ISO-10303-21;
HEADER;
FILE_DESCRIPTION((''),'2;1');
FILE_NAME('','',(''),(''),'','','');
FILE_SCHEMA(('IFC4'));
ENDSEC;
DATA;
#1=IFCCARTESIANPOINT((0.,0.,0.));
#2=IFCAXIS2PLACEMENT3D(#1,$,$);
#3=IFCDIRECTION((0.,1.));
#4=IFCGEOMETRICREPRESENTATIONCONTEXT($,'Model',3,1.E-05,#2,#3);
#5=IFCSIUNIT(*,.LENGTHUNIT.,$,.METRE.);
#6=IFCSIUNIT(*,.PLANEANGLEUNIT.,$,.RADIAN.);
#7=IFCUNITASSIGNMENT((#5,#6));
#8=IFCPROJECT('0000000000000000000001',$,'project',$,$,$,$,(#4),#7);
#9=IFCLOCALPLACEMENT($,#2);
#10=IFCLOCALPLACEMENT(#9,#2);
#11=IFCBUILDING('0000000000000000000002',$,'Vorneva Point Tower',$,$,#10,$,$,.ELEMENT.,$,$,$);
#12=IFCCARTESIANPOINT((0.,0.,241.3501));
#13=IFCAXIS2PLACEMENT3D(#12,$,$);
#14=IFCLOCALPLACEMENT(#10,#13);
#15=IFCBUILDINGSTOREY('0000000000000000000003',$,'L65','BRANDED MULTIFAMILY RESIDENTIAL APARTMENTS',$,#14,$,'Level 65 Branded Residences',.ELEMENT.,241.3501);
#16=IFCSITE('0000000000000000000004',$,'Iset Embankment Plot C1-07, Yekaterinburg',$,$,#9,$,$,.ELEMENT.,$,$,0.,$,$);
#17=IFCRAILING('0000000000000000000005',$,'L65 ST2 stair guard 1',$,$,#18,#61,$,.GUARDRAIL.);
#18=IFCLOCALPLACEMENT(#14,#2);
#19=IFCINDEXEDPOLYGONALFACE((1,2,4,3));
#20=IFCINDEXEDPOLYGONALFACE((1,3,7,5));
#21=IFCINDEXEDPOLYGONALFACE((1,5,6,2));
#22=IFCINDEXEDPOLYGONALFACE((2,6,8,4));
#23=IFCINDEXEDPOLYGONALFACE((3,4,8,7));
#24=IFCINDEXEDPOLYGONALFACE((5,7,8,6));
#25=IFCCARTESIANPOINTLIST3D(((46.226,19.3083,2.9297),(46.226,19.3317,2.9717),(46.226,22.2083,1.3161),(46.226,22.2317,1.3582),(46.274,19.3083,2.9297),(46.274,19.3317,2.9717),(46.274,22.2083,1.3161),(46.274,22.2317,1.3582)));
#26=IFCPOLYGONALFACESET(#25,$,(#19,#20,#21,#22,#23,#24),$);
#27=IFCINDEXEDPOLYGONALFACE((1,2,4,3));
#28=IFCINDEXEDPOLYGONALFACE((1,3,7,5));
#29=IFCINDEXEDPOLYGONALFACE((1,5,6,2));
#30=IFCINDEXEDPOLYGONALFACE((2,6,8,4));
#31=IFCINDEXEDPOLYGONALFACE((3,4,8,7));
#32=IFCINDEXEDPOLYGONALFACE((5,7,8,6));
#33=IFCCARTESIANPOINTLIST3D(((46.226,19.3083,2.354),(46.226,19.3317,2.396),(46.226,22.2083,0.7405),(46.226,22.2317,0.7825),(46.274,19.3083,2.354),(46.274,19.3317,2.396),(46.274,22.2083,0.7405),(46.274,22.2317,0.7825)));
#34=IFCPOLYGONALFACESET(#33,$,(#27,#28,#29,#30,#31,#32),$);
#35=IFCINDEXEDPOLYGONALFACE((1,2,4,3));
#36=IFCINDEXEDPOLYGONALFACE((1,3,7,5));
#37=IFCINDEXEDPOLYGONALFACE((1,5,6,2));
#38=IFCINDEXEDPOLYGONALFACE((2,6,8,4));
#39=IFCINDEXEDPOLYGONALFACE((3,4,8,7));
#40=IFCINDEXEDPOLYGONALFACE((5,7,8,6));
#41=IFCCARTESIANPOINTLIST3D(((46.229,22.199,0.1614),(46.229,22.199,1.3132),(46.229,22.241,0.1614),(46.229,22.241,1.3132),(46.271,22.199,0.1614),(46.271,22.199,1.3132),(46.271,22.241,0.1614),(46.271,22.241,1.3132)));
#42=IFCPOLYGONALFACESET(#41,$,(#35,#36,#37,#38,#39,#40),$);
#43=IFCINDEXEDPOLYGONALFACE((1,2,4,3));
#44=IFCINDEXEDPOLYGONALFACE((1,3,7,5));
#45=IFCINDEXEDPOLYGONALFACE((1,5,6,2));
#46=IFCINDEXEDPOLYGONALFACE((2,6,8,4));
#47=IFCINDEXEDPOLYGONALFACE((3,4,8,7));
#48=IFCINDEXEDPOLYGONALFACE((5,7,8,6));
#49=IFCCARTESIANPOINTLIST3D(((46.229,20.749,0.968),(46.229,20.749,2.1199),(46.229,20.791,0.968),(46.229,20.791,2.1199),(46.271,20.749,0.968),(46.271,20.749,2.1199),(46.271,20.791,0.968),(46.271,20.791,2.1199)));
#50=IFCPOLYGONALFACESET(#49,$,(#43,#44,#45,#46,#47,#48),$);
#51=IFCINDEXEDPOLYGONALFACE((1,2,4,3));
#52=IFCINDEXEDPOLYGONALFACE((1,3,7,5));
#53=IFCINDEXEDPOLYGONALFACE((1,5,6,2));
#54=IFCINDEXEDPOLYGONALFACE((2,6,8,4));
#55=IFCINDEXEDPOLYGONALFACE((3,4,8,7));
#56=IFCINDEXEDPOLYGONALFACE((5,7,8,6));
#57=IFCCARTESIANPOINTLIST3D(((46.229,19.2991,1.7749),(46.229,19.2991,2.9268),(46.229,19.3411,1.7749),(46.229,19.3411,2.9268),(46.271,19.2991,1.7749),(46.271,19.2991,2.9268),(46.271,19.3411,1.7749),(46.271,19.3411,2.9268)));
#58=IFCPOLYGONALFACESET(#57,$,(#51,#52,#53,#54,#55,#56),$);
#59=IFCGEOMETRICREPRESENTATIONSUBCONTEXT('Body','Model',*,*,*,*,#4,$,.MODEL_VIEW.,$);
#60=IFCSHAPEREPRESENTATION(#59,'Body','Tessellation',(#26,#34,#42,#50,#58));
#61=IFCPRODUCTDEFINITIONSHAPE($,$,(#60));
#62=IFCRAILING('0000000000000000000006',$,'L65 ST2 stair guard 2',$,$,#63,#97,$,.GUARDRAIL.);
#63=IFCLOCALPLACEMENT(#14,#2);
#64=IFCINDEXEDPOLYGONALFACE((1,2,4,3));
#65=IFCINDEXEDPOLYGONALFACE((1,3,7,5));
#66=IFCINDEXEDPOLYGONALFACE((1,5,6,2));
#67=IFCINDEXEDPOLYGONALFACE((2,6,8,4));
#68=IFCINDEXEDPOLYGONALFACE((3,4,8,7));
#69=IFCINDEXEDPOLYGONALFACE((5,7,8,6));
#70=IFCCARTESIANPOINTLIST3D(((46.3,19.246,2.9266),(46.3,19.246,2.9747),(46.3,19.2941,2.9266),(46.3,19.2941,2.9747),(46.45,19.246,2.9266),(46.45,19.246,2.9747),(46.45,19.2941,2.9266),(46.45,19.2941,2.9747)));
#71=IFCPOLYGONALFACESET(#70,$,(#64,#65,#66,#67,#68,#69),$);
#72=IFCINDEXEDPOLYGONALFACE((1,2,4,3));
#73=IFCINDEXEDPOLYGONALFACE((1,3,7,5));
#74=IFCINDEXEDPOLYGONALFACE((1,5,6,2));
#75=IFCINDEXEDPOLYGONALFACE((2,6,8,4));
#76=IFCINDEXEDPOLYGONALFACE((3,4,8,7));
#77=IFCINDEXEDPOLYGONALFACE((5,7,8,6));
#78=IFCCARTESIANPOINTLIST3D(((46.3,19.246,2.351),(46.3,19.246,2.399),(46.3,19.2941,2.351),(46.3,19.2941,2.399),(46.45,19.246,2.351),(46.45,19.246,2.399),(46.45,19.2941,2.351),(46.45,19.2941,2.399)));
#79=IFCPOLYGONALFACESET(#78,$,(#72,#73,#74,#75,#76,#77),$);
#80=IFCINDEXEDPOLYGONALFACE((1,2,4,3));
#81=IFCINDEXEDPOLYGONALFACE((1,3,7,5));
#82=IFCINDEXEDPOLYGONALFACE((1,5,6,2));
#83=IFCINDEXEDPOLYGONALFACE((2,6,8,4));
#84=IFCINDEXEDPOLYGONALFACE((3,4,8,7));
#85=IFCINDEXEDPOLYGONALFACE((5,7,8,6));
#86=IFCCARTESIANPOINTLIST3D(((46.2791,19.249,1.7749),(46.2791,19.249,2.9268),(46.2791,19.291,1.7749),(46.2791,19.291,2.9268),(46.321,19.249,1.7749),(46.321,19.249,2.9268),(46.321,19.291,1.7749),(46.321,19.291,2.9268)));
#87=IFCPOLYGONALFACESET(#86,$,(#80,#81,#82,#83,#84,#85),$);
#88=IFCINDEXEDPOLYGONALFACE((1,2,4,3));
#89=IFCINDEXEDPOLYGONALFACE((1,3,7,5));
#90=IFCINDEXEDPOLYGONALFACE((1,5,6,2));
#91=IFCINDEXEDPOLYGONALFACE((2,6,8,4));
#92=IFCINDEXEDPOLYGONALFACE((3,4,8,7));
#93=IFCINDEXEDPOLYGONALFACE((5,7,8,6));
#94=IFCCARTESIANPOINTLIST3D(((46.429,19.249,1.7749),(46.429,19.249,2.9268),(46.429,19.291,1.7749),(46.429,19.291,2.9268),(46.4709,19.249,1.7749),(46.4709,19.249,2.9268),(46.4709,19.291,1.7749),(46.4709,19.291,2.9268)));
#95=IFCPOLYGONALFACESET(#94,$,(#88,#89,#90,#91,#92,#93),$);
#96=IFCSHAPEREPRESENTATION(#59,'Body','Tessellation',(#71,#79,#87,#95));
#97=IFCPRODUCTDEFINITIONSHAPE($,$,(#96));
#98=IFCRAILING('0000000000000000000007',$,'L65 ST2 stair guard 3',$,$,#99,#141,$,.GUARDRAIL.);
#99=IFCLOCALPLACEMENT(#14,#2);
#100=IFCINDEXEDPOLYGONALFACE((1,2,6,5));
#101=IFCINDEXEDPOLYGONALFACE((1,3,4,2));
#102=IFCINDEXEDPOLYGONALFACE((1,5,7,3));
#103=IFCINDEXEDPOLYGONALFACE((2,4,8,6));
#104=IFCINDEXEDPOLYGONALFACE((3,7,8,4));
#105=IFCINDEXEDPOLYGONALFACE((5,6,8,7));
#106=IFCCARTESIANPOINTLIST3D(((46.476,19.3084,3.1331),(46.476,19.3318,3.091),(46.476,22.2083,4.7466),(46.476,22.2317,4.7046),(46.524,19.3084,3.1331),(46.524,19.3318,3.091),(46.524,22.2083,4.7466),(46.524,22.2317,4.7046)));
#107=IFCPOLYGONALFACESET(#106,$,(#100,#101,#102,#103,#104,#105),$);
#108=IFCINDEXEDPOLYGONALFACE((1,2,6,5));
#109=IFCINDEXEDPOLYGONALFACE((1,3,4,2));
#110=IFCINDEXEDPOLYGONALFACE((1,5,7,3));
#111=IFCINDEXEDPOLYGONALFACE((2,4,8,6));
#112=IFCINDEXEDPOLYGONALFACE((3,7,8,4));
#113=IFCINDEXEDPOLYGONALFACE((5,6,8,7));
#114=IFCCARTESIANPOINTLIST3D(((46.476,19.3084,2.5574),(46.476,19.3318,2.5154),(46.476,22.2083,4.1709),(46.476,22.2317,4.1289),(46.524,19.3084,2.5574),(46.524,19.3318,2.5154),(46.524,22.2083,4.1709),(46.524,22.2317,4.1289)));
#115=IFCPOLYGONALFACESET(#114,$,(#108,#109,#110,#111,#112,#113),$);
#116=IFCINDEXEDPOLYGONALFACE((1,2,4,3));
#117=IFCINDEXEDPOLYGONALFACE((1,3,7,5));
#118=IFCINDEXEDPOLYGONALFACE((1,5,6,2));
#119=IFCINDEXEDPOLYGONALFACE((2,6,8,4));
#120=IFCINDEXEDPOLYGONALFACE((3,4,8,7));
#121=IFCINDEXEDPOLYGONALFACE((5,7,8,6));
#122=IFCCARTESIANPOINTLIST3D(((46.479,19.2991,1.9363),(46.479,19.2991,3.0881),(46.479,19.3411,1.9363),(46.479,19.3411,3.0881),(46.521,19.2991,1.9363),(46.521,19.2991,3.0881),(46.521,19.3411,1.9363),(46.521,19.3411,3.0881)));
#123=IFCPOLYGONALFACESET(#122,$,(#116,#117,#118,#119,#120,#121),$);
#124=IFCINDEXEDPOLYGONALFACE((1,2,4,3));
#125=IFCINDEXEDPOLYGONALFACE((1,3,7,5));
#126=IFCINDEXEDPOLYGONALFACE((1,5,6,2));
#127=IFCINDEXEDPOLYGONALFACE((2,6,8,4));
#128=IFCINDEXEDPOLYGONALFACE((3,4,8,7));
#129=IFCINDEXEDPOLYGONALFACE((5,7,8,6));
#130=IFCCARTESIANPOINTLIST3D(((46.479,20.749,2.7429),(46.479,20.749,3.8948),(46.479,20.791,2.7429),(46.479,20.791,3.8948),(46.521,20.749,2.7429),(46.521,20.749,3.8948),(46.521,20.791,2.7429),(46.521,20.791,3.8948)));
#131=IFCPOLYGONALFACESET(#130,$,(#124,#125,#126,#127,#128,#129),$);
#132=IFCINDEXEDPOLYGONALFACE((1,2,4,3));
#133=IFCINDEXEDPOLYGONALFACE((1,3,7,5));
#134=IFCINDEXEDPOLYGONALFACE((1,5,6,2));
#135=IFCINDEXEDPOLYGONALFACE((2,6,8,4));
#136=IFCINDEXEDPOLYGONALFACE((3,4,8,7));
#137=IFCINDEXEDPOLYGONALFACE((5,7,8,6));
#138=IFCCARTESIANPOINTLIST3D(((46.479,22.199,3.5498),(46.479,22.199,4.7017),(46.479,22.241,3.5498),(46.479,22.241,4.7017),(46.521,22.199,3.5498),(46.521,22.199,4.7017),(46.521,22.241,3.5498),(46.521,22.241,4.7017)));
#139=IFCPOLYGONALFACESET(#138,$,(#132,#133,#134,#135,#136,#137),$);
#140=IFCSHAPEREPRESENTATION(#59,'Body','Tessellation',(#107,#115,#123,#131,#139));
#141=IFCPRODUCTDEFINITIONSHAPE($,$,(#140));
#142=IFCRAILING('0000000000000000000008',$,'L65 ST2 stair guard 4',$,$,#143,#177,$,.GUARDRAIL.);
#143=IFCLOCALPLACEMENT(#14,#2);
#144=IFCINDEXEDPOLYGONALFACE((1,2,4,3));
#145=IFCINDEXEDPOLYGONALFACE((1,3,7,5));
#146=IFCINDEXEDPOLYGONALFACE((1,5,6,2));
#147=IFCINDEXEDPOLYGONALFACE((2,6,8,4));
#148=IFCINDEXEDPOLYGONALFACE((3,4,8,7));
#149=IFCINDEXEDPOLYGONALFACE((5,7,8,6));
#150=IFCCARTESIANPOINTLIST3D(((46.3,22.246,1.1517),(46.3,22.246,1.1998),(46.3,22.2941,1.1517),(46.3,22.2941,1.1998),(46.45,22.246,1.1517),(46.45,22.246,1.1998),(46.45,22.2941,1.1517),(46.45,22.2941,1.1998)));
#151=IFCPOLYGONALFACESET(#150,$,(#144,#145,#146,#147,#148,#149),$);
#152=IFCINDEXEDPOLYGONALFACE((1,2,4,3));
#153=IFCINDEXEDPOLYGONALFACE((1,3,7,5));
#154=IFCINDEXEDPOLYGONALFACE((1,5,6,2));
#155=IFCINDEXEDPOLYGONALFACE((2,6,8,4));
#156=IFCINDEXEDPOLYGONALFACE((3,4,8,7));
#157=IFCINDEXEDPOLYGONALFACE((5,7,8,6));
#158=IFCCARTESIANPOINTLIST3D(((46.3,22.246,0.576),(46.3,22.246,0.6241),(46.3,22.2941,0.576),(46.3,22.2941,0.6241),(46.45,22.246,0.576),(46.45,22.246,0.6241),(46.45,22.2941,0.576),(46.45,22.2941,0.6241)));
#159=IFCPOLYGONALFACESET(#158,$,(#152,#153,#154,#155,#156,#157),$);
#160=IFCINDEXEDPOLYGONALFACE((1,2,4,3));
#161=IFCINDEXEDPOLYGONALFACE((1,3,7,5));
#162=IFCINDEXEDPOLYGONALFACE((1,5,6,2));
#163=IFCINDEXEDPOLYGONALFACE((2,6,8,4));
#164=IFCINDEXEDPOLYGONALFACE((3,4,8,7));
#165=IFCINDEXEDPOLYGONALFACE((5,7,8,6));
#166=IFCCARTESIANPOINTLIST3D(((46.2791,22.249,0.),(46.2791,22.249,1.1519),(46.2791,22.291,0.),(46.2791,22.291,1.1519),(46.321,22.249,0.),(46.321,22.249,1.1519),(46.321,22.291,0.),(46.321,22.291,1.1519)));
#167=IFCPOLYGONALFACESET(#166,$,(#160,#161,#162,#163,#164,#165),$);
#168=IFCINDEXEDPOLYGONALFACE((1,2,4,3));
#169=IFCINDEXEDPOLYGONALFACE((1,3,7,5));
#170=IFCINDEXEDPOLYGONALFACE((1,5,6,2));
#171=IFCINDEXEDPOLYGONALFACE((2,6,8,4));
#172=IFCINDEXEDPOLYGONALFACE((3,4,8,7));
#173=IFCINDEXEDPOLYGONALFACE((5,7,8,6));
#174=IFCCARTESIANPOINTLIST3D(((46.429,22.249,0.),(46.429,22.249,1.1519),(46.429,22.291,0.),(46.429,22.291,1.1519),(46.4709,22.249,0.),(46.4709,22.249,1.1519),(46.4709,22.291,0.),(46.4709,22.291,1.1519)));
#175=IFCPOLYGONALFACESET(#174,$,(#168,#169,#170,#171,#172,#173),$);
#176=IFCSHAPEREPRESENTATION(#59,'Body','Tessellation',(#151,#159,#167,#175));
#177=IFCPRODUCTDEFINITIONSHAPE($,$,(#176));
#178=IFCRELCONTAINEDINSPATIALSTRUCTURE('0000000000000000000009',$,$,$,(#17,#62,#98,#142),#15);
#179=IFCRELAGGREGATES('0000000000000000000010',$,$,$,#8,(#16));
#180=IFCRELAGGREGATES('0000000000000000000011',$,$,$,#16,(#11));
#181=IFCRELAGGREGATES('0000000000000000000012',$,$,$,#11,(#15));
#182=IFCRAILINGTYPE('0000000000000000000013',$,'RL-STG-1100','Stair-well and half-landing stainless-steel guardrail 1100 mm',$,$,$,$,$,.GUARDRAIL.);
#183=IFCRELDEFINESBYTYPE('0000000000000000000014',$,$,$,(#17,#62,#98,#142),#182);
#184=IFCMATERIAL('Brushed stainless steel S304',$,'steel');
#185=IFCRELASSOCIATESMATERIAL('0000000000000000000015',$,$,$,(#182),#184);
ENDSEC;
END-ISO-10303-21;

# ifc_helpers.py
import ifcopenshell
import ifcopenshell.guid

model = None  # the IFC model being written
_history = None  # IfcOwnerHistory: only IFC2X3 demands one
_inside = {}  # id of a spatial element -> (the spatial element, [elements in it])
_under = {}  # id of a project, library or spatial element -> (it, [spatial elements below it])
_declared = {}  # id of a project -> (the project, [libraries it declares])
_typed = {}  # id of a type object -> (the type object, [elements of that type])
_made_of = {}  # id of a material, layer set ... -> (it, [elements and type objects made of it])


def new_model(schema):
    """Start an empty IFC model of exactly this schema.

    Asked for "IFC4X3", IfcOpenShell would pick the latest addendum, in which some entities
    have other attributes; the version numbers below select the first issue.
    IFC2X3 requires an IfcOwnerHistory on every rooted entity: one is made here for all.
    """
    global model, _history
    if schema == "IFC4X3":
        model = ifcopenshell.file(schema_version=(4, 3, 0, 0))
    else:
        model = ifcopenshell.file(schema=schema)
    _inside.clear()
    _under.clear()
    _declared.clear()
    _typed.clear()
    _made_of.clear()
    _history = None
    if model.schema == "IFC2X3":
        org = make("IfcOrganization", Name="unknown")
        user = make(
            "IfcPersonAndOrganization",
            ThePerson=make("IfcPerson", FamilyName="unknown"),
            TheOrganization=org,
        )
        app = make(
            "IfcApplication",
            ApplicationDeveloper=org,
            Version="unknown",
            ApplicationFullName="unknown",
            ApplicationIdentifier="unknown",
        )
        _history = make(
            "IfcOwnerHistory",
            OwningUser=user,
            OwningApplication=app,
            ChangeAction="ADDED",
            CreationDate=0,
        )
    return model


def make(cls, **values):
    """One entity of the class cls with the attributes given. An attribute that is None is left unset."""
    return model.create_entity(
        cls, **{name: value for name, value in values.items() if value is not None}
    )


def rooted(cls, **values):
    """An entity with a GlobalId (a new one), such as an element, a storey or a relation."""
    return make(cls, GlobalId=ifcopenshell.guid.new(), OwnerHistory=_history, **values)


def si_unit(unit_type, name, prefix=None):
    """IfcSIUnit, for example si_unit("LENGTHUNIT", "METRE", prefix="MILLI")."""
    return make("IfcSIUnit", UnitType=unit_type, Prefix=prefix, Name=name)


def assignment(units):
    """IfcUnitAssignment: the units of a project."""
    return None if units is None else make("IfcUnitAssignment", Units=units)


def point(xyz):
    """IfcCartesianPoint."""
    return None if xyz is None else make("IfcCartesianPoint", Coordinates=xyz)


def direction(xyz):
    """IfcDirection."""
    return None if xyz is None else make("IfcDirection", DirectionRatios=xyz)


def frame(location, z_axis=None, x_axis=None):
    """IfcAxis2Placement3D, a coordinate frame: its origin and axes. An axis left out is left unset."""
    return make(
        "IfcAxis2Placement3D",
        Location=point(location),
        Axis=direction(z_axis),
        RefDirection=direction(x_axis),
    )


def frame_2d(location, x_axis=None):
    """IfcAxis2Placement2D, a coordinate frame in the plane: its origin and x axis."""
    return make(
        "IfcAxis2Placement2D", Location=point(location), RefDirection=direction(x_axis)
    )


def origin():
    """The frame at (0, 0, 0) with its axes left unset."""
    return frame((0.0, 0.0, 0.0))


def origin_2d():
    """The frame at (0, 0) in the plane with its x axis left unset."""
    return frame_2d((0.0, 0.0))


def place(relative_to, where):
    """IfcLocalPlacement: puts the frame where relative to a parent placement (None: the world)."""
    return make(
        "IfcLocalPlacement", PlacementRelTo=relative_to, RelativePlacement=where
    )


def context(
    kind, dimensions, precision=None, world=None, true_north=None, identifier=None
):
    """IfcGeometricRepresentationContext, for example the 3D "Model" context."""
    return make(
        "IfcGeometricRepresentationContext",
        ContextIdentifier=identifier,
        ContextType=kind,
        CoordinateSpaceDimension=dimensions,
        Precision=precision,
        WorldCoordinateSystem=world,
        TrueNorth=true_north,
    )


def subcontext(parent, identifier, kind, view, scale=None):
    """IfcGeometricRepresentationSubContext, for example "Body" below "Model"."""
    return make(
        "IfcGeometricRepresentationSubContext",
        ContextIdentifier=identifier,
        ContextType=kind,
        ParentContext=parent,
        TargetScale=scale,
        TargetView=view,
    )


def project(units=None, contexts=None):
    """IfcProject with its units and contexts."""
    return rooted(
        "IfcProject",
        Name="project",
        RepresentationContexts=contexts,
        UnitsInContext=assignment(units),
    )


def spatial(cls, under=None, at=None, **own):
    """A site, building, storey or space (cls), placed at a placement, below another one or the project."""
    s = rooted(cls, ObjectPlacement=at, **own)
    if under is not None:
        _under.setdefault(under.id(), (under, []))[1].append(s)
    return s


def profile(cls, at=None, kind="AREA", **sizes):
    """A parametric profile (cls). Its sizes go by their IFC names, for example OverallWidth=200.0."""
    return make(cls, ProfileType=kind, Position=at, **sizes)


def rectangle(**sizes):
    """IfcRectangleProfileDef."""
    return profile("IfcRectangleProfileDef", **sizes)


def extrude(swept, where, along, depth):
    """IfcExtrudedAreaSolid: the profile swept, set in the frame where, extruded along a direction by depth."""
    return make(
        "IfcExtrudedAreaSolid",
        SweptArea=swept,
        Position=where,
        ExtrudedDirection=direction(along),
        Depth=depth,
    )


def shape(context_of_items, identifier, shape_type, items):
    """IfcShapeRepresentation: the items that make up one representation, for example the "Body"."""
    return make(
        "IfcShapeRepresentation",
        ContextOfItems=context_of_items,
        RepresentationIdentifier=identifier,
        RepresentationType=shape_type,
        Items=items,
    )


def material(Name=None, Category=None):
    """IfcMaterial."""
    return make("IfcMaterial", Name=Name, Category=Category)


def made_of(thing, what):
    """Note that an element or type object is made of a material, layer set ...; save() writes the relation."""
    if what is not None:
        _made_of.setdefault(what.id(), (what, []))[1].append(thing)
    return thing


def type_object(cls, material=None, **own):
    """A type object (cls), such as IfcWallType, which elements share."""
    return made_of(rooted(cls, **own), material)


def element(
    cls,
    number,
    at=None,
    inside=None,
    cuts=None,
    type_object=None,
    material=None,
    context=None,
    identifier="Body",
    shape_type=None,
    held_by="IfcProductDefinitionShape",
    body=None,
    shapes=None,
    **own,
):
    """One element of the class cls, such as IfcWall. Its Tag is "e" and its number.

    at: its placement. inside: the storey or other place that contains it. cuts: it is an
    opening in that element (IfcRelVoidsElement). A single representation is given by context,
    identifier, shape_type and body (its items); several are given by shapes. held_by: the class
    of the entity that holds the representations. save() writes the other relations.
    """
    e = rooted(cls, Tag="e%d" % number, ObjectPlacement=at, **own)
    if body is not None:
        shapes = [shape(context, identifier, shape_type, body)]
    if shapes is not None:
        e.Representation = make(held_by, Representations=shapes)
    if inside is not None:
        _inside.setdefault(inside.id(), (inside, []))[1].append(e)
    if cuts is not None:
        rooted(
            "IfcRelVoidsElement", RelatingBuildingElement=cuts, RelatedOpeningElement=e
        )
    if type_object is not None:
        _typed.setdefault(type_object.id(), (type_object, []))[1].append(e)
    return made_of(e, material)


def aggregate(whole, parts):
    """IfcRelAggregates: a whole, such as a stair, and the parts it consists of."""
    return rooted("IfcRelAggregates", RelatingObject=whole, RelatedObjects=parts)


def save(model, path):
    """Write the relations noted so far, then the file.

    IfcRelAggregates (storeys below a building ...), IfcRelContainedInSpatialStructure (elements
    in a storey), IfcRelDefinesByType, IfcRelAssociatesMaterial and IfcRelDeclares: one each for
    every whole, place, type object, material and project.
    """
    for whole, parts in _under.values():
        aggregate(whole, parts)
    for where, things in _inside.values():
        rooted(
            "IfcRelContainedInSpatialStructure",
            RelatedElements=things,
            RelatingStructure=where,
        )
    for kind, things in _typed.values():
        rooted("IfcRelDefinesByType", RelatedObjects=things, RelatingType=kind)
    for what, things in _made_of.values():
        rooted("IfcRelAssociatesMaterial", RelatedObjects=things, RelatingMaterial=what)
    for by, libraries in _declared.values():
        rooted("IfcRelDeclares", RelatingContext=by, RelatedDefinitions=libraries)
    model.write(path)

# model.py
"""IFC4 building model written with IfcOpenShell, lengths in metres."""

from ifc_helpers import new_model, si_unit, direction, frame, origin, origin_2d, place, context, subcontext, project, spatial, rectangle, extrude, material, type_object, element, save


model = new_model("IFC4")

# Units and contexts
model_context = context("Model", 3, precision=1e-05, world=origin(), true_north=direction((0.0, 1.0)))
body_context = subcontext(model_context, "Body", "Model", "MODEL_VIEW")
ifc_project = project(units=[si_unit("LENGTHUNIT", "METRE"), si_unit("PLANEANGLEUNIT", "RADIAN")], contexts=[model_context])

# Site, building, storey
site_placement = place(None, origin())
site = spatial("IfcSite", under=ifc_project, at=site_placement, Name="Iset Embankment Plot C1-07, Yekaterinburg", CompositionType="ELEMENT", RefElevation=0.0)
building_placement = place(site_placement, origin())
building = spatial("IfcBuilding", under=site, at=building_placement, Name="Vorneva Point Tower", CompositionType="ELEMENT")
storey_placement = place(building_placement, frame((0.0, 0.0, 241.3501)))
storey = spatial("IfcBuildingStorey", under=building, at=storey_placement, Name="L65", Description="BRANDED MULTIFAMILY RESIDENTIAL APARTMENTS", LongName="Level 65 Branded Residences", CompositionType="ELEMENT", Elevation=241.3501)

# Railings
ifc_material_1 = material(Name="Brushed stainless steel S304", Category="steel")
railing_type_1 = type_object("IfcRailingType", Name="RL-STG-1100", Description="Stair-well and half-landing stainless-steel guardrail 1100 mm", PredefinedType="GUARDRAIL", material=ifc_material_1)
railing_1_placement = place(storey_placement, frame((46.25, 22.22, 0.1614)))
element("IfcRailing", 1, at=railing_1_placement, inside=storey, type_object=railing_type_1, Name="L65 ST2 stair guard 1", PredefinedType="GUARDRAIL", context=body_context, shape_type="SweptSolid", body=[
    extrude(rectangle(XDim=0.0481, YDim=0.0481, at=origin_2d()), frame((0.0, 0.0, 1.1758), z_axis=(0.0, -0.873841, 0.486211), x_axis=(1.0, 0.0, 0.0)), (0.0, 0.0, 1.0), 3.3186),
    extrude(rectangle(XDim=0.0481, YDim=0.0481, at=origin_2d()), frame((0.0, 0.0, 0.6001), z_axis=(0.0, -0.873841, 0.486211), x_axis=(1.0, 0.0, 0.0)), (0.0, 0.0, 1.0), 3.3186),
    extrude(rectangle(XDim=0.042, YDim=0.042, at=origin_2d()), origin(), (0.0, 0.0, 1.0), 1.1519),
    extrude(rectangle(XDim=0.042, YDim=0.042, at=origin_2d()), frame((0.0, -1.45, 0.8066)), (0.0, 0.0, 1.0), 1.1519),
    extrude(rectangle(XDim=0.042, YDim=0.042, at=origin_2d()), frame((0.0, -2.8999, 1.6135)), (0.0, 0.0, 1.0), 1.1519),
])
railing_2_placement = place(storey_placement, frame((46.3, 19.27, 1.7749)))
element("IfcRailing", 2, at=railing_2_placement, inside=storey, type_object=railing_type_1, Name="L65 ST2 stair guard 2", PredefinedType="GUARDRAIL", context=body_context, shape_type="SweptSolid", body=[
    extrude(rectangle(XDim=0.0481, YDim=0.0481, at=origin_2d()), frame((0.0, 0.0, 1.1758), z_axis=(1.0, 0.0, 0.0), x_axis=(0.0, 1.0, 0.0)), (0.0, 0.0, 1.0), 0.1499),
    extrude(rectangle(XDim=0.0481, YDim=0.0481, at=origin_2d()), frame((0.0, 0.0, 0.6001), z_axis=(1.0, 0.0, 0.0), x_axis=(0.0, 1.0, 0.0)), (0.0, 0.0, 1.0), 0.1499),
    extrude(rectangle(XDim=0.042, YDim=0.042, at=origin_2d()), origin(), (0.0, 0.0, 1.0), 1.1519),
    extrude(rectangle(XDim=0.042, YDim=0.042, at=origin_2d()), frame((0.1499, 0.0, 0.0)), (0.0, 0.0, 1.0), 1.1519),
])
railing_3_placement = place(storey_placement, frame((46.5, 19.3201, 1.9363)))
element("IfcRailing", 3, at=railing_3_placement, inside=storey, type_object=railing_type_1, Name="L65 ST2 stair guard 3", PredefinedType="GUARDRAIL", context=body_context, shape_type="SweptSolid", body=[
    extrude(rectangle(XDim=0.0481, YDim=0.0481, at=origin_2d()), frame((0.0, 0.0, 1.1758), z_axis=(0.0, 0.873841, 0.486211), x_axis=(-1.0, 0.0, 0.0)), (0.0, 0.0, 1.0), 3.3186),
    extrude(rectangle(XDim=0.0481, YDim=0.0481, at=origin_2d()), frame((0.0, 0.0, 0.6001), z_axis=(0.0, 0.873841, 0.486211), x_axis=(-1.0, 0.0, 0.0)), (0.0, 0.0, 1.0), 3.3186),
    extrude(rectangle(XDim=0.042, YDim=0.042, at=origin_2d()), origin(), (0.0, 0.0, 1.0), 1.1519),
    extrude(rectangle(XDim=0.042, YDim=0.042, at=origin_2d()), frame((0.0, 1.45, 0.8066)), (0.0, 0.0, 1.0), 1.1519),
    extrude(rectangle(XDim=0.042, YDim=0.042, at=origin_2d()), frame((0.0, 2.8999, 1.6135)), (0.0, 0.0, 1.0), 1.1519),
])
railing_4_placement = place(storey_placement, frame((46.3, 22.27, 0.0)))
element("IfcRailing", 4, at=railing_4_placement, inside=storey, type_object=railing_type_1, Name="L65 ST2 stair guard 4", PredefinedType="GUARDRAIL", context=body_context, shape_type="SweptSolid", body=[
    extrude(rectangle(XDim=0.0481, YDim=0.0481, at=origin_2d()), frame((0.0, 0.0, 1.1758), z_axis=(1.0, 0.0, 0.0), x_axis=(0.0, 1.0, 0.0)), (0.0, 0.0, 1.0), 0.1499),
    extrude(rectangle(XDim=0.0481, YDim=0.0481, at=origin_2d()), frame((0.0, 0.0, 0.6001), z_axis=(1.0, 0.0, 0.0), x_axis=(0.0, 1.0, 0.0)), (0.0, 0.0, 1.0), 0.1499),
    extrude(rectangle(XDim=0.042, YDim=0.042, at=origin_2d()), origin(), (0.0, 0.0, 1.0), 1.1519),
    extrude(rectangle(XDim=0.042, YDim=0.042, at=origin_2d()), frame((0.1499, 0.0, 0.0)), (0.0, 0.0, 1.0), 1.1519),
])

save(model, "model.ifc")
